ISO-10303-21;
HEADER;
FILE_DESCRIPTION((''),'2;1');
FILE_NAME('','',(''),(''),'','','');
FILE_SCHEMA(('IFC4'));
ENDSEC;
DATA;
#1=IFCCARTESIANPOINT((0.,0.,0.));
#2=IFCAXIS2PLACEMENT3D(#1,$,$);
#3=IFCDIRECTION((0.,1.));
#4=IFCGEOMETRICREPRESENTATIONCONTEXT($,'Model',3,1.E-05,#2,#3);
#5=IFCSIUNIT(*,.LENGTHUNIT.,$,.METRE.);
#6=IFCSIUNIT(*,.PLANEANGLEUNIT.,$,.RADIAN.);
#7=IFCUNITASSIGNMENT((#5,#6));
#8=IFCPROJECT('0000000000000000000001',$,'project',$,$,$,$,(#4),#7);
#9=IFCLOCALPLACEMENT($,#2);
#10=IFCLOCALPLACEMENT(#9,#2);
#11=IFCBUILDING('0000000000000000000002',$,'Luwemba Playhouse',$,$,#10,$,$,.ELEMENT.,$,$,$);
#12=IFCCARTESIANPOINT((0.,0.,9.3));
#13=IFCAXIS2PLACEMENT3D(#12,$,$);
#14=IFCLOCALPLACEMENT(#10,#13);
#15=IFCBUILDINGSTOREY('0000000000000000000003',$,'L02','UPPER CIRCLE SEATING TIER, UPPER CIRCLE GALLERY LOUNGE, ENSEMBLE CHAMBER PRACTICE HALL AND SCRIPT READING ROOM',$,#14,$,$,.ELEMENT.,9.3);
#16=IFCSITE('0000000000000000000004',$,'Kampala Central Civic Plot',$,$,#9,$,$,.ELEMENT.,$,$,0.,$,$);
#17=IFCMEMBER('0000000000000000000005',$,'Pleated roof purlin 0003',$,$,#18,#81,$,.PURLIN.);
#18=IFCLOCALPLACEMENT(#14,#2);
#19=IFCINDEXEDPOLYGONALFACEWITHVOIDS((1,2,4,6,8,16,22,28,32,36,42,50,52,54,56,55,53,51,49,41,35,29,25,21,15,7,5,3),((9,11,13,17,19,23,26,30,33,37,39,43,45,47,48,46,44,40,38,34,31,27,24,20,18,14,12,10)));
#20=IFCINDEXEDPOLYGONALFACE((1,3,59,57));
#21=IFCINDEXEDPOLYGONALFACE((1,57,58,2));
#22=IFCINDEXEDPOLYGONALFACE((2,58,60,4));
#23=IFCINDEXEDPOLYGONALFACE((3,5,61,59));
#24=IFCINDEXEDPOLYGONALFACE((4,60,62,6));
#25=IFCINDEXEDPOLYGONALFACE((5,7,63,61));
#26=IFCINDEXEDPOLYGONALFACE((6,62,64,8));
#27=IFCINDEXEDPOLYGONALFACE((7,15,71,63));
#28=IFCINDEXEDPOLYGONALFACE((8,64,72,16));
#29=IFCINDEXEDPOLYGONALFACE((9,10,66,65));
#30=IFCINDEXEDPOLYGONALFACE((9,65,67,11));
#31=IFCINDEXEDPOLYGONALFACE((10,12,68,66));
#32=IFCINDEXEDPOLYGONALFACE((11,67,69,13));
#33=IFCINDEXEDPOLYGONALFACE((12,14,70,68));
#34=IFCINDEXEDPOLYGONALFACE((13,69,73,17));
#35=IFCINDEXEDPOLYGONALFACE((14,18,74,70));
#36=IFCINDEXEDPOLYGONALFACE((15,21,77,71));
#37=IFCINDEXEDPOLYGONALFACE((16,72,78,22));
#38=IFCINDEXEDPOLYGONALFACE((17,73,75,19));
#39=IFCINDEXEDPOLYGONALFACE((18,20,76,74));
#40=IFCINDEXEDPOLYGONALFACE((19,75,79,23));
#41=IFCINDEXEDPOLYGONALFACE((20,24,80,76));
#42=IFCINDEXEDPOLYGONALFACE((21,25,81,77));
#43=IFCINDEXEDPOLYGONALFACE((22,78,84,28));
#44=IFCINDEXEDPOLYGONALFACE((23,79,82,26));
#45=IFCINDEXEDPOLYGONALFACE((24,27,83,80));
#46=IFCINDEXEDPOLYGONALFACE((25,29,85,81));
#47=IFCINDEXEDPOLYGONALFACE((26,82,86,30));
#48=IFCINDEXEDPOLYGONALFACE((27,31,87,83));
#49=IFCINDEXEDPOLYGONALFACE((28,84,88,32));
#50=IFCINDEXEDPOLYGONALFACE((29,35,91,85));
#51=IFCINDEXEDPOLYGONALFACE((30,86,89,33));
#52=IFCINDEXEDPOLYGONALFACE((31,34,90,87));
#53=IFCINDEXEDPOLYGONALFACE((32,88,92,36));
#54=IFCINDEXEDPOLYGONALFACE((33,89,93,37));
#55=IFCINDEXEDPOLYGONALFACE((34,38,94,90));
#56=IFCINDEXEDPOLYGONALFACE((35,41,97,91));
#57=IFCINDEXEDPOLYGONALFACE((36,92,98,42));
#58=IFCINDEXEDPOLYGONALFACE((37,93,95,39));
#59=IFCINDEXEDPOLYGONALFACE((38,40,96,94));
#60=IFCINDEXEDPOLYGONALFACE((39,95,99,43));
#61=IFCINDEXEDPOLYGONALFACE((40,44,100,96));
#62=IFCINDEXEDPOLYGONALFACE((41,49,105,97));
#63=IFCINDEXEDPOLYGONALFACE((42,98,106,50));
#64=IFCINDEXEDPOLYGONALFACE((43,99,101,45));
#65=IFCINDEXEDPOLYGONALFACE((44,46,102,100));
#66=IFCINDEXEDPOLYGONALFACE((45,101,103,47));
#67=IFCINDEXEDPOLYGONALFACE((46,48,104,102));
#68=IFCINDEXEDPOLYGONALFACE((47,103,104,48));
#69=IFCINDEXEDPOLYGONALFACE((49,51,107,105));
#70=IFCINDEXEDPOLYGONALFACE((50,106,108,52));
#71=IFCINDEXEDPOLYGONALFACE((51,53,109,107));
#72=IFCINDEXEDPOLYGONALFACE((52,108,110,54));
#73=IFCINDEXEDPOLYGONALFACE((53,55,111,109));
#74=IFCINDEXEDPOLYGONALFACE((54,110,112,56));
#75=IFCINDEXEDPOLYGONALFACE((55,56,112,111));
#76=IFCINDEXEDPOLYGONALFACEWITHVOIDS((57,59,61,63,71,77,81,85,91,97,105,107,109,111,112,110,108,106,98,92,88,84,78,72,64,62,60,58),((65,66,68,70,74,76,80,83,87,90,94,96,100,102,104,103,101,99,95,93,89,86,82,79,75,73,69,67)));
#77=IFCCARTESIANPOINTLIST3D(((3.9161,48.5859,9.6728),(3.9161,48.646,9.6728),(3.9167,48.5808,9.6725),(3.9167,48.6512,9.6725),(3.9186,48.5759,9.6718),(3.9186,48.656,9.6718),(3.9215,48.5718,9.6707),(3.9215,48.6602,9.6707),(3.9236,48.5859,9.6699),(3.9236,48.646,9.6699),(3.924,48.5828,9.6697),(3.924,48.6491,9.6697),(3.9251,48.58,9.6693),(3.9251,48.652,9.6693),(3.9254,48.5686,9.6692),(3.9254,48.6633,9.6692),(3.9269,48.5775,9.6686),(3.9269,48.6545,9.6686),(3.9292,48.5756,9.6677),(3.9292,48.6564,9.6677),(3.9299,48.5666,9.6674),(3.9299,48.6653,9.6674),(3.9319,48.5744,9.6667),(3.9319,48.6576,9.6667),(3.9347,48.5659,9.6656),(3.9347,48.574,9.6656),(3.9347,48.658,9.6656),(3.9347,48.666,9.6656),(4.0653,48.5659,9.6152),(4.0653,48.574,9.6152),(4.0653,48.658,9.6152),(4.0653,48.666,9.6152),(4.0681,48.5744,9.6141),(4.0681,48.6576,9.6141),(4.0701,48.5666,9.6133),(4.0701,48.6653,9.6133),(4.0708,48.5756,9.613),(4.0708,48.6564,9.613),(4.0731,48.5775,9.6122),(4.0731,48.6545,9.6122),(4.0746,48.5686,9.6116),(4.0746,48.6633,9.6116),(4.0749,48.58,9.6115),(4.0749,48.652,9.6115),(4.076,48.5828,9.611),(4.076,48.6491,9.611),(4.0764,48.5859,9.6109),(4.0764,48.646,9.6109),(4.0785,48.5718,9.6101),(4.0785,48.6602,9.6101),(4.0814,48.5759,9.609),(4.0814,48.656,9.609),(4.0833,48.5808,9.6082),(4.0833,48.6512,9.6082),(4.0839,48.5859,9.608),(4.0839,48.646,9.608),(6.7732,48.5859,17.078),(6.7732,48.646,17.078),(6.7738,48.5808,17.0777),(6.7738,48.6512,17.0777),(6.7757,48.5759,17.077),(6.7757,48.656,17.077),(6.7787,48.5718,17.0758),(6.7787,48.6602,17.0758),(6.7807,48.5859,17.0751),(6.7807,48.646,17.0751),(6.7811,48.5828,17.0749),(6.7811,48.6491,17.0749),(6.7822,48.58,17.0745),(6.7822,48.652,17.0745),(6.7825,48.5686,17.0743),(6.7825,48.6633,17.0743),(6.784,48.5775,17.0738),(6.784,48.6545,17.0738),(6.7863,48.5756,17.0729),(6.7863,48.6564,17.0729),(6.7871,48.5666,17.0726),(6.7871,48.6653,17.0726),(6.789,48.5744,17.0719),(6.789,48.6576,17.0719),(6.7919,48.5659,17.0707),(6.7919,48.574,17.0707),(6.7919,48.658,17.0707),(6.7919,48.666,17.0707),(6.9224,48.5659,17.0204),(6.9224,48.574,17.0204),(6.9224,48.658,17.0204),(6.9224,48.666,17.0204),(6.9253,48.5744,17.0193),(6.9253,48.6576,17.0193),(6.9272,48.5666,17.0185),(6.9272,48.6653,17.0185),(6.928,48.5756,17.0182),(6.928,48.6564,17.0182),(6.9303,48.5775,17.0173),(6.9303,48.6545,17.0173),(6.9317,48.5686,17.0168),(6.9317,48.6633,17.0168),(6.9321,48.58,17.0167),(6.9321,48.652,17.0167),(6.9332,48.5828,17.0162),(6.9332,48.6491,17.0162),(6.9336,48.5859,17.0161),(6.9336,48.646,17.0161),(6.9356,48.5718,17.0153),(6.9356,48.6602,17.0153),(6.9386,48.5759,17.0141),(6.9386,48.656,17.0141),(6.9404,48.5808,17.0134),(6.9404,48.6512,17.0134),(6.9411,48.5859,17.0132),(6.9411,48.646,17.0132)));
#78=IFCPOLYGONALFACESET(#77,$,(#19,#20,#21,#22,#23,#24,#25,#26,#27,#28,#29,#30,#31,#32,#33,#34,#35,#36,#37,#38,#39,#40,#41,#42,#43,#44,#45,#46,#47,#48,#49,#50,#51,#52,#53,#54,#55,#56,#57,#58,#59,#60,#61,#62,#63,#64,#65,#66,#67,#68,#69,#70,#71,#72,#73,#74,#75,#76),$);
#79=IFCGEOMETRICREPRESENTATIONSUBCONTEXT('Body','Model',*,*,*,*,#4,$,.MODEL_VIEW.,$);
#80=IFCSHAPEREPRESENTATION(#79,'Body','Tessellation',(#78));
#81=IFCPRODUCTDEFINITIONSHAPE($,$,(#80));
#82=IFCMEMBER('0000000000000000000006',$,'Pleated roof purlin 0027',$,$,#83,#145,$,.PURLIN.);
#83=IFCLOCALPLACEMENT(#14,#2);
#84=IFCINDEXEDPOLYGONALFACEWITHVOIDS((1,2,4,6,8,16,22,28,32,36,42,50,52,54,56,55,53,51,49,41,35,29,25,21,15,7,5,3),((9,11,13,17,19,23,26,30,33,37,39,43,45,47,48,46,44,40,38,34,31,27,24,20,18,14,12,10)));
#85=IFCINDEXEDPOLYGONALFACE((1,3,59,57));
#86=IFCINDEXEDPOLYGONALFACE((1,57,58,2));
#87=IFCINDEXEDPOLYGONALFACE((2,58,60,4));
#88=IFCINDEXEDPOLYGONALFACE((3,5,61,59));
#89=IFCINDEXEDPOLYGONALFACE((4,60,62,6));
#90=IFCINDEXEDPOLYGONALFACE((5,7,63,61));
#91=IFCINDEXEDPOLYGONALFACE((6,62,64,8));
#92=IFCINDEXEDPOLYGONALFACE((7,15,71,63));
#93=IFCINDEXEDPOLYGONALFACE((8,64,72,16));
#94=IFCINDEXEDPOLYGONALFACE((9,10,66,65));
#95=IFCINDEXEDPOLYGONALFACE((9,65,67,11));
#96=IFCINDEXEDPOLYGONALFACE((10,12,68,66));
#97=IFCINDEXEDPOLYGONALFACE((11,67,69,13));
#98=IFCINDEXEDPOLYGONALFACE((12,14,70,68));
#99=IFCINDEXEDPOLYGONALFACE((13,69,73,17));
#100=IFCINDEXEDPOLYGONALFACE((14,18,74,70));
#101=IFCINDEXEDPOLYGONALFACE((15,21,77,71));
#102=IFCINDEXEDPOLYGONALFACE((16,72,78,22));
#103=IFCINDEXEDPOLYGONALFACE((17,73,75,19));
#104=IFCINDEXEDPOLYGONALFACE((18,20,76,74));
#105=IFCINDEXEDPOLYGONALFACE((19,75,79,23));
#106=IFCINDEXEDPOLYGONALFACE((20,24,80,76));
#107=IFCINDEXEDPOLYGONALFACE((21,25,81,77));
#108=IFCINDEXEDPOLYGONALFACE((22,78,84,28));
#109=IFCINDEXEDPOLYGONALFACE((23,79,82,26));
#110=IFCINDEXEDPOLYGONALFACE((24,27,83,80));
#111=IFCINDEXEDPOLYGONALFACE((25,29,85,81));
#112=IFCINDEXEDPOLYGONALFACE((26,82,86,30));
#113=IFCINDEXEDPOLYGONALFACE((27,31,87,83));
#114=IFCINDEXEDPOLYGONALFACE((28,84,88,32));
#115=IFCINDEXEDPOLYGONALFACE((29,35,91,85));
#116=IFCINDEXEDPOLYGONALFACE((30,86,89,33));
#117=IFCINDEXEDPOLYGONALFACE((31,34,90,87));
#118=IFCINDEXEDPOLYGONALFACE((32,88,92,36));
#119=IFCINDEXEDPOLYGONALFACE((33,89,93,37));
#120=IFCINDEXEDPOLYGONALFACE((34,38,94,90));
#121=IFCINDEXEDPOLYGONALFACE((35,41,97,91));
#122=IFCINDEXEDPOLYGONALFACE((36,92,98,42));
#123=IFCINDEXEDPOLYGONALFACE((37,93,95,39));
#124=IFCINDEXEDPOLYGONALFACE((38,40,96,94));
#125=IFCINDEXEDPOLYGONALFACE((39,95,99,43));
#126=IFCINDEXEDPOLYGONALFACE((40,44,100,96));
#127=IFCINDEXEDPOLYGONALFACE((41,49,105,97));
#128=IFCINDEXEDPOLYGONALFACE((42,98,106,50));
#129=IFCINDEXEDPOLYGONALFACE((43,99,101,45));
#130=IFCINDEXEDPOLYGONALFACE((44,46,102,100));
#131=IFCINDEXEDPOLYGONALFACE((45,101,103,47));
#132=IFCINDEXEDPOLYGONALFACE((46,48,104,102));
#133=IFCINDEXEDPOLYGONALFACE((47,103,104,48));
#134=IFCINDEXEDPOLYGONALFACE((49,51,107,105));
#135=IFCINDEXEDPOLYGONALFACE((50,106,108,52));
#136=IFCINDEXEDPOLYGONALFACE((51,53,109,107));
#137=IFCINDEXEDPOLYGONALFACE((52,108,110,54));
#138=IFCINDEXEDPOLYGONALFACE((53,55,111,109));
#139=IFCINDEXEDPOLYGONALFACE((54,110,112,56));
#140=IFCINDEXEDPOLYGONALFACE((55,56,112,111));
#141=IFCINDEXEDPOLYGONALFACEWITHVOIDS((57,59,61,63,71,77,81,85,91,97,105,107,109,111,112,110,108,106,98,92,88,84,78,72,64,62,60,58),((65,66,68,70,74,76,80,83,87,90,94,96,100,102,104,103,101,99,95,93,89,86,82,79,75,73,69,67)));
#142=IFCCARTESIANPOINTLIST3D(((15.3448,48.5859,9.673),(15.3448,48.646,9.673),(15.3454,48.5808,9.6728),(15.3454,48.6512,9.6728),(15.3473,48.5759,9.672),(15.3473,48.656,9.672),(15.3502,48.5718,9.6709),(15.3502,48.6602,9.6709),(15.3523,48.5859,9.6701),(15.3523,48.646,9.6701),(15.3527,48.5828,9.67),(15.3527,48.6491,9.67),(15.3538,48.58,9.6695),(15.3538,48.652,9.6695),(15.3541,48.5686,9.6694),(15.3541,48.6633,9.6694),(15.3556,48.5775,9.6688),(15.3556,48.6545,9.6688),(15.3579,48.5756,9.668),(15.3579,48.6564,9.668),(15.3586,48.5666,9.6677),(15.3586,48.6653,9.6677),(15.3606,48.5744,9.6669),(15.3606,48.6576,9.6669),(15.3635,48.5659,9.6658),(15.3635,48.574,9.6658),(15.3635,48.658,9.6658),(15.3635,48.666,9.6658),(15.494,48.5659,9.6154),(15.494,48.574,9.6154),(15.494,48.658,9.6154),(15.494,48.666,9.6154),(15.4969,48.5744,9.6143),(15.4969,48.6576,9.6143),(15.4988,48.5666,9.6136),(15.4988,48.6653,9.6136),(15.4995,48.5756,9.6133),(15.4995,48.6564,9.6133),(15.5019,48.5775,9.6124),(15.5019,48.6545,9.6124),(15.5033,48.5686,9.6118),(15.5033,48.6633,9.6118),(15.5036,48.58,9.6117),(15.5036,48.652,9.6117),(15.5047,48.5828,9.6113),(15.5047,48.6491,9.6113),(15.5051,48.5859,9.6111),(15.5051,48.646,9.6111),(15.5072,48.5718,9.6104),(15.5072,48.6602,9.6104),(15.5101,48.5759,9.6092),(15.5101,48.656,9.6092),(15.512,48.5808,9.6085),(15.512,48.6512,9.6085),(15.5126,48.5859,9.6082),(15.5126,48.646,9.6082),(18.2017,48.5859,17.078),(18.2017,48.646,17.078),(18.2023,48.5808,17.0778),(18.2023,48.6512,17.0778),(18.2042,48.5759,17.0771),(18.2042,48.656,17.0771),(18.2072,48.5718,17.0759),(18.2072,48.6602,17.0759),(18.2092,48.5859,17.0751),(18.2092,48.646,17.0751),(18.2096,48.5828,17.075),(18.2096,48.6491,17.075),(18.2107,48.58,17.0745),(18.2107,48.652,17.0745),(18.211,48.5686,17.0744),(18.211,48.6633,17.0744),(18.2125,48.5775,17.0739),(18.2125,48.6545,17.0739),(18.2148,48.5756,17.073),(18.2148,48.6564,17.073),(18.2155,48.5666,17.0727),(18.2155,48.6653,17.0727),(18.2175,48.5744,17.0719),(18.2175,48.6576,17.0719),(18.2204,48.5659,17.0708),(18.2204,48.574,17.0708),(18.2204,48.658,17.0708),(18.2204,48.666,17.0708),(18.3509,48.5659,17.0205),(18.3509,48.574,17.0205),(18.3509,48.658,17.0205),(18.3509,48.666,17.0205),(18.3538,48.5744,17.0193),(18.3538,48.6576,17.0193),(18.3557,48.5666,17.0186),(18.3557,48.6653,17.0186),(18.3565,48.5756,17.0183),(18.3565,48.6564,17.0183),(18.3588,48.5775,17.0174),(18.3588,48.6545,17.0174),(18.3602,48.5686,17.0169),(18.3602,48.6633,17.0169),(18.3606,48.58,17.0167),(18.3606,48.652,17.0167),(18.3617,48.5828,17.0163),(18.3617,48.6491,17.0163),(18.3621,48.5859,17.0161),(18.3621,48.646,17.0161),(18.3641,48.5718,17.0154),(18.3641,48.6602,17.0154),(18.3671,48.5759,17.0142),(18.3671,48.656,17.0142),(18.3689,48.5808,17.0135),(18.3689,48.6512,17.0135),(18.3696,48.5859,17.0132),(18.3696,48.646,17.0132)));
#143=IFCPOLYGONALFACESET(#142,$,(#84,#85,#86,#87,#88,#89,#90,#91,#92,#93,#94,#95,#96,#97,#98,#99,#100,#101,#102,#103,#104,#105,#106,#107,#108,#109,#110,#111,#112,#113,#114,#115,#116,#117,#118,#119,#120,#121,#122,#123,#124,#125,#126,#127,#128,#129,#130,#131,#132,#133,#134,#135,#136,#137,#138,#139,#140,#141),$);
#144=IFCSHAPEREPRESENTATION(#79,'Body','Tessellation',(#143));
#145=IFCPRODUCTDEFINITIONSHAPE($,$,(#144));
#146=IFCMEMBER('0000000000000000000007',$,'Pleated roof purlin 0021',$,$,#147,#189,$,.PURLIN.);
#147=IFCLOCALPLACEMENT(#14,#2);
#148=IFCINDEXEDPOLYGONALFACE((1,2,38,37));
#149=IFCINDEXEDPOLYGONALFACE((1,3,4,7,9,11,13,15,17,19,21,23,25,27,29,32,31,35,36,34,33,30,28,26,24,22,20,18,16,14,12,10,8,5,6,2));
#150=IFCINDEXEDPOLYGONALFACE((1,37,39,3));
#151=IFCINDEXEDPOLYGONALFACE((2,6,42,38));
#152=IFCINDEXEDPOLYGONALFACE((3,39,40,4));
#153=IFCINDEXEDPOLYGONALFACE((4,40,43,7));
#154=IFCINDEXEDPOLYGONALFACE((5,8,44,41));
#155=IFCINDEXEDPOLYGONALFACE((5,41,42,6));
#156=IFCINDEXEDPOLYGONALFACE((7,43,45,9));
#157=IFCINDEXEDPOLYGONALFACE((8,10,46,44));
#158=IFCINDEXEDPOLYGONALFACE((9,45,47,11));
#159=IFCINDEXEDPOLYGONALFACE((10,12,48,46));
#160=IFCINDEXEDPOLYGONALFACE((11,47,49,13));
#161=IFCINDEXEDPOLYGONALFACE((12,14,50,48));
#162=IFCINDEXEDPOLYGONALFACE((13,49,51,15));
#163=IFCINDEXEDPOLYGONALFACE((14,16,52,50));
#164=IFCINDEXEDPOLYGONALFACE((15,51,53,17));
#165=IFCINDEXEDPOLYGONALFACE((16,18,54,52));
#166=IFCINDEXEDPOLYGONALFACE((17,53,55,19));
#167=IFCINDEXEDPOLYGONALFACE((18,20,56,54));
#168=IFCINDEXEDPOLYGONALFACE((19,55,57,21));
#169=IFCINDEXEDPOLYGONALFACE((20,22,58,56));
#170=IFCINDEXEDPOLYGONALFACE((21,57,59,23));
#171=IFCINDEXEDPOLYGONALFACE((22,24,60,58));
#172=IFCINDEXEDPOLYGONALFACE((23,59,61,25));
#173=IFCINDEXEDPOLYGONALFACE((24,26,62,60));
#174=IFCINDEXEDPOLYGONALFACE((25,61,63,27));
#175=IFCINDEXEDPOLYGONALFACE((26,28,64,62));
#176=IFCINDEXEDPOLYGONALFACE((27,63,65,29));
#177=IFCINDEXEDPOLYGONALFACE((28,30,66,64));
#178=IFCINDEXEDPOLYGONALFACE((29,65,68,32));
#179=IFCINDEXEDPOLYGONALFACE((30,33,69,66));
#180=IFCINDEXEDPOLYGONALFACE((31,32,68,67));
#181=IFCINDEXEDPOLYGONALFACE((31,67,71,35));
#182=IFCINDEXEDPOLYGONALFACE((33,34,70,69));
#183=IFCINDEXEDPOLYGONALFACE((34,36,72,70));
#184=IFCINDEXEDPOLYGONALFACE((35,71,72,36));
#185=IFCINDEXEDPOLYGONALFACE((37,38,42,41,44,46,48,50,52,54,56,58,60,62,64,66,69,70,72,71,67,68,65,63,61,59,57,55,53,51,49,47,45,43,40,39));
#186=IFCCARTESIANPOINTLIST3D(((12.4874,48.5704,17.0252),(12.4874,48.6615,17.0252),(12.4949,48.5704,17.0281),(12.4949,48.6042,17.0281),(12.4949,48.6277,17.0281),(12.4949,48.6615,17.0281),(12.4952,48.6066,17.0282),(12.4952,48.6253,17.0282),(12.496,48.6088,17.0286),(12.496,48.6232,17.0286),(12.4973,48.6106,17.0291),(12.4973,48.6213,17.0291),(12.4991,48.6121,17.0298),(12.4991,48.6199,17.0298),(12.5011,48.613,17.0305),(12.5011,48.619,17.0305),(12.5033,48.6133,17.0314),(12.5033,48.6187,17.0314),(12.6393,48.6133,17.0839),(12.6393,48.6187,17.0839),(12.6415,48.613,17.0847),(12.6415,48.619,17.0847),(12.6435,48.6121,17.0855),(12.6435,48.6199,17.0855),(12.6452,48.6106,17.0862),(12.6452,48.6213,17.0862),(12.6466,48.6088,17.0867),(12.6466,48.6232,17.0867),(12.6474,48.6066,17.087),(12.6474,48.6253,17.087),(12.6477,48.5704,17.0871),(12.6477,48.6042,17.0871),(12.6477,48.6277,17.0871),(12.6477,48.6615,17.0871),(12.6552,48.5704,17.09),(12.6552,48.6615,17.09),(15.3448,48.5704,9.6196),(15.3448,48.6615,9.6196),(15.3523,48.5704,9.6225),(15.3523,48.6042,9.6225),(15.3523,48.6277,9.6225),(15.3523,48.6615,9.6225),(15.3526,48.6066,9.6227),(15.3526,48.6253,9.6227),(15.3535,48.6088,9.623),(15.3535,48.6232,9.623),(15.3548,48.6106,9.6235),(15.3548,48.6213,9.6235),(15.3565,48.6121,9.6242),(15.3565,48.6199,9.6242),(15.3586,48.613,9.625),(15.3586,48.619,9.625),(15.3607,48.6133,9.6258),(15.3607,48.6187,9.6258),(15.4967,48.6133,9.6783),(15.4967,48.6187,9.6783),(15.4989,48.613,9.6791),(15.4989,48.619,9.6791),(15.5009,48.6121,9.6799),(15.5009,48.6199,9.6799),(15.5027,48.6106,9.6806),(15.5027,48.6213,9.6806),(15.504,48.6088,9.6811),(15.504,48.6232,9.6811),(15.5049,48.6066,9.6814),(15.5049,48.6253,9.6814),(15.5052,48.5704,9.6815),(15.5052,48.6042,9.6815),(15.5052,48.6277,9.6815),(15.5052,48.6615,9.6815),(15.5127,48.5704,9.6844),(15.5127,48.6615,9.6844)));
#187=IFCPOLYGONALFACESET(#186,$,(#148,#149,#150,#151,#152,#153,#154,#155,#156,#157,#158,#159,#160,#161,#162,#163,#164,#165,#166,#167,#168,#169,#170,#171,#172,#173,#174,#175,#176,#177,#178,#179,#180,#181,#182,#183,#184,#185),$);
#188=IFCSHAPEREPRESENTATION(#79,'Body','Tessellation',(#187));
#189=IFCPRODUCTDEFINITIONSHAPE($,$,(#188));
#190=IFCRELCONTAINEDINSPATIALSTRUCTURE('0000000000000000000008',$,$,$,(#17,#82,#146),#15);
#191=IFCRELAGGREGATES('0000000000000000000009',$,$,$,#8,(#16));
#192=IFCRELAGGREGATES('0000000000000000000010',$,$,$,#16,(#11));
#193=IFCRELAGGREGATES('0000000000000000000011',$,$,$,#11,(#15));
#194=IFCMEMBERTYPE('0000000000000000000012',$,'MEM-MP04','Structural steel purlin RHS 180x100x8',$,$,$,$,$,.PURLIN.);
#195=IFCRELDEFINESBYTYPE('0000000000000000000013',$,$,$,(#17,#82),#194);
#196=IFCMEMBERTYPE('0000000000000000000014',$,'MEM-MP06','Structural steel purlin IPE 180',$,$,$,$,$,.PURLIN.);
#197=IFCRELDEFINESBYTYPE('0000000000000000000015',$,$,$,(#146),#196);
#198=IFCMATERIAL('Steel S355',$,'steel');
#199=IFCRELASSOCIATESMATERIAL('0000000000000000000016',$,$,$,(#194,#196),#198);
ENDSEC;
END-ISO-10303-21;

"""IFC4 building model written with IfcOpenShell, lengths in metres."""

from ifc_helpers import new_model, si_unit, direction, frame, origin, origin_2d, place, context, subcontext, project, spatial, hollow_rectangle, i_section, extrude, material, material_profile, profile_set, type_object, element, save


model = new_model("IFC4")

# Units and contexts
model_context = context("Model", 3, precision=1e-05, world=origin(), true_north=direction((0.0, 1.0)))
body_context = subcontext(model_context, "Body", "Model", "MODEL_VIEW")
ifc_project = project(units=[si_unit("LENGTHUNIT", "METRE"), si_unit("PLANEANGLEUNIT", "RADIAN")], contexts=[model_context])

# Site, building, storey
site_placement = place(None, origin())
site = spatial("IfcSite", under=ifc_project, at=site_placement, Name="Kampala Central Civic Plot", CompositionType="ELEMENT", RefElevation=0.0)
building_placement = place(site_placement, origin())
building = spatial("IfcBuilding", under=site, at=building_placement, Name="Luwemba Playhouse", CompositionType="ELEMENT")
storey_placement = place(building_placement, frame((0.0, 0.0, 9.3)))
storey = spatial("IfcBuildingStorey", under=building, at=storey_placement, Name="L02", Description="UPPER CIRCLE SEATING TIER, UPPER CIRCLE GALLERY LOUNGE, ENSEMBLE CHAMBER PRACTICE HALL AND SCRIPT READING ROOM", CompositionType="ELEMENT", Elevation=9.3)

# Shared definitions
ifc_material_1 = material(Name="Steel S355", Category="steel")

# Members
ifc_material_profile_1 = material_profile(ifc_material_1, hollow_rectangle(XDim=0.1001, YDim=0.1799, WallThickness=0.0081, InnerFilletRadius=0.012, OuterFilletRadius=0.02, at=origin_2d()))
ifc_profile_set_1 = profile_set([ifc_material_profile_1], Name="Steel S355")
member_type_1 = type_object("IfcMemberType", Name="MEM-MP04", Description="Structural steel purlin RHS 180x100x8", PredefinedType="PURLIN", material=ifc_profile_set_1)
member_1_placement = place(storey_placement, frame((4.0, 48.616, 9.6404), z_axis=(0.359966, 0.0, 0.932965), x_axis=(0.0, 1.0, 0.0)))
element("IfcMember", 1, at=member_1_placement, inside=storey, type_object=member_type_1, Name="Pleated roof purlin 0003", PredefinedType="PURLIN", context=body_context, shape_type="SweptSolid", body=[
    extrude(hollow_rectangle(XDim=0.1001, YDim=0.1799, WallThickness=0.0081, InnerFilletRadius=0.012, OuterFilletRadius=0.02, at=origin_2d()), origin(), (0.0, 0.0, 1.0), 7.9373),
])
member_2_placement = place(storey_placement, frame((15.4287, 48.616, 9.6406), z_axis=(0.35995, 0.0, 0.932972), x_axis=(0.0, 1.0, 0.0)))
element("IfcMember", 2, at=member_2_placement, inside=storey, type_object=member_type_1, Name="Pleated roof purlin 0027", PredefinedType="PURLIN", context=body_context, shape_type="SweptSolid", body=[
    extrude(hollow_rectangle(XDim=0.1001, YDim=0.1799, WallThickness=0.0081, InnerFilletRadius=0.012, OuterFilletRadius=0.02, at=origin_2d()), origin(), (0.0, 0.0, 1.0), 7.937),
])
ifc_material_profile_2 = material_profile(ifc_material_1, i_section(OverallWidth=0.0911, OverallDepth=0.1799, WebThickness=0.0054, FlangeThickness=0.0081, FilletRadius=0.009, at=origin_2d()))
ifc_profile_set_2 = profile_set([ifc_material_profile_2], Name="Steel S355")
member_type_2 = type_object("IfcMemberType", Name="MEM-MP06", Description="Structural steel purlin IPE 180", PredefinedType="PURLIN", material=ifc_profile_set_2)
member_3_placement = place(storey_placement, frame((12.5713, 48.616, 17.0576), z_axis=(0.359983, 0.0, -0.932959), x_axis=(0.0, 1.0, 0.0)))
element("IfcMember", 3, at=member_3_placement, inside=storey, type_object=member_type_2, Name="Pleated roof purlin 0021", PredefinedType="PURLIN", context=body_context, shape_type="SweptSolid", body=[
    extrude(i_section(OverallWidth=0.0911, OverallDepth=0.1799, WebThickness=0.0054, FlangeThickness=0.0081, FilletRadius=0.009, at=origin_2d()), origin(), (0.0, 0.0, 1.0), 7.9377),
])

save(model, "model.ifc")
